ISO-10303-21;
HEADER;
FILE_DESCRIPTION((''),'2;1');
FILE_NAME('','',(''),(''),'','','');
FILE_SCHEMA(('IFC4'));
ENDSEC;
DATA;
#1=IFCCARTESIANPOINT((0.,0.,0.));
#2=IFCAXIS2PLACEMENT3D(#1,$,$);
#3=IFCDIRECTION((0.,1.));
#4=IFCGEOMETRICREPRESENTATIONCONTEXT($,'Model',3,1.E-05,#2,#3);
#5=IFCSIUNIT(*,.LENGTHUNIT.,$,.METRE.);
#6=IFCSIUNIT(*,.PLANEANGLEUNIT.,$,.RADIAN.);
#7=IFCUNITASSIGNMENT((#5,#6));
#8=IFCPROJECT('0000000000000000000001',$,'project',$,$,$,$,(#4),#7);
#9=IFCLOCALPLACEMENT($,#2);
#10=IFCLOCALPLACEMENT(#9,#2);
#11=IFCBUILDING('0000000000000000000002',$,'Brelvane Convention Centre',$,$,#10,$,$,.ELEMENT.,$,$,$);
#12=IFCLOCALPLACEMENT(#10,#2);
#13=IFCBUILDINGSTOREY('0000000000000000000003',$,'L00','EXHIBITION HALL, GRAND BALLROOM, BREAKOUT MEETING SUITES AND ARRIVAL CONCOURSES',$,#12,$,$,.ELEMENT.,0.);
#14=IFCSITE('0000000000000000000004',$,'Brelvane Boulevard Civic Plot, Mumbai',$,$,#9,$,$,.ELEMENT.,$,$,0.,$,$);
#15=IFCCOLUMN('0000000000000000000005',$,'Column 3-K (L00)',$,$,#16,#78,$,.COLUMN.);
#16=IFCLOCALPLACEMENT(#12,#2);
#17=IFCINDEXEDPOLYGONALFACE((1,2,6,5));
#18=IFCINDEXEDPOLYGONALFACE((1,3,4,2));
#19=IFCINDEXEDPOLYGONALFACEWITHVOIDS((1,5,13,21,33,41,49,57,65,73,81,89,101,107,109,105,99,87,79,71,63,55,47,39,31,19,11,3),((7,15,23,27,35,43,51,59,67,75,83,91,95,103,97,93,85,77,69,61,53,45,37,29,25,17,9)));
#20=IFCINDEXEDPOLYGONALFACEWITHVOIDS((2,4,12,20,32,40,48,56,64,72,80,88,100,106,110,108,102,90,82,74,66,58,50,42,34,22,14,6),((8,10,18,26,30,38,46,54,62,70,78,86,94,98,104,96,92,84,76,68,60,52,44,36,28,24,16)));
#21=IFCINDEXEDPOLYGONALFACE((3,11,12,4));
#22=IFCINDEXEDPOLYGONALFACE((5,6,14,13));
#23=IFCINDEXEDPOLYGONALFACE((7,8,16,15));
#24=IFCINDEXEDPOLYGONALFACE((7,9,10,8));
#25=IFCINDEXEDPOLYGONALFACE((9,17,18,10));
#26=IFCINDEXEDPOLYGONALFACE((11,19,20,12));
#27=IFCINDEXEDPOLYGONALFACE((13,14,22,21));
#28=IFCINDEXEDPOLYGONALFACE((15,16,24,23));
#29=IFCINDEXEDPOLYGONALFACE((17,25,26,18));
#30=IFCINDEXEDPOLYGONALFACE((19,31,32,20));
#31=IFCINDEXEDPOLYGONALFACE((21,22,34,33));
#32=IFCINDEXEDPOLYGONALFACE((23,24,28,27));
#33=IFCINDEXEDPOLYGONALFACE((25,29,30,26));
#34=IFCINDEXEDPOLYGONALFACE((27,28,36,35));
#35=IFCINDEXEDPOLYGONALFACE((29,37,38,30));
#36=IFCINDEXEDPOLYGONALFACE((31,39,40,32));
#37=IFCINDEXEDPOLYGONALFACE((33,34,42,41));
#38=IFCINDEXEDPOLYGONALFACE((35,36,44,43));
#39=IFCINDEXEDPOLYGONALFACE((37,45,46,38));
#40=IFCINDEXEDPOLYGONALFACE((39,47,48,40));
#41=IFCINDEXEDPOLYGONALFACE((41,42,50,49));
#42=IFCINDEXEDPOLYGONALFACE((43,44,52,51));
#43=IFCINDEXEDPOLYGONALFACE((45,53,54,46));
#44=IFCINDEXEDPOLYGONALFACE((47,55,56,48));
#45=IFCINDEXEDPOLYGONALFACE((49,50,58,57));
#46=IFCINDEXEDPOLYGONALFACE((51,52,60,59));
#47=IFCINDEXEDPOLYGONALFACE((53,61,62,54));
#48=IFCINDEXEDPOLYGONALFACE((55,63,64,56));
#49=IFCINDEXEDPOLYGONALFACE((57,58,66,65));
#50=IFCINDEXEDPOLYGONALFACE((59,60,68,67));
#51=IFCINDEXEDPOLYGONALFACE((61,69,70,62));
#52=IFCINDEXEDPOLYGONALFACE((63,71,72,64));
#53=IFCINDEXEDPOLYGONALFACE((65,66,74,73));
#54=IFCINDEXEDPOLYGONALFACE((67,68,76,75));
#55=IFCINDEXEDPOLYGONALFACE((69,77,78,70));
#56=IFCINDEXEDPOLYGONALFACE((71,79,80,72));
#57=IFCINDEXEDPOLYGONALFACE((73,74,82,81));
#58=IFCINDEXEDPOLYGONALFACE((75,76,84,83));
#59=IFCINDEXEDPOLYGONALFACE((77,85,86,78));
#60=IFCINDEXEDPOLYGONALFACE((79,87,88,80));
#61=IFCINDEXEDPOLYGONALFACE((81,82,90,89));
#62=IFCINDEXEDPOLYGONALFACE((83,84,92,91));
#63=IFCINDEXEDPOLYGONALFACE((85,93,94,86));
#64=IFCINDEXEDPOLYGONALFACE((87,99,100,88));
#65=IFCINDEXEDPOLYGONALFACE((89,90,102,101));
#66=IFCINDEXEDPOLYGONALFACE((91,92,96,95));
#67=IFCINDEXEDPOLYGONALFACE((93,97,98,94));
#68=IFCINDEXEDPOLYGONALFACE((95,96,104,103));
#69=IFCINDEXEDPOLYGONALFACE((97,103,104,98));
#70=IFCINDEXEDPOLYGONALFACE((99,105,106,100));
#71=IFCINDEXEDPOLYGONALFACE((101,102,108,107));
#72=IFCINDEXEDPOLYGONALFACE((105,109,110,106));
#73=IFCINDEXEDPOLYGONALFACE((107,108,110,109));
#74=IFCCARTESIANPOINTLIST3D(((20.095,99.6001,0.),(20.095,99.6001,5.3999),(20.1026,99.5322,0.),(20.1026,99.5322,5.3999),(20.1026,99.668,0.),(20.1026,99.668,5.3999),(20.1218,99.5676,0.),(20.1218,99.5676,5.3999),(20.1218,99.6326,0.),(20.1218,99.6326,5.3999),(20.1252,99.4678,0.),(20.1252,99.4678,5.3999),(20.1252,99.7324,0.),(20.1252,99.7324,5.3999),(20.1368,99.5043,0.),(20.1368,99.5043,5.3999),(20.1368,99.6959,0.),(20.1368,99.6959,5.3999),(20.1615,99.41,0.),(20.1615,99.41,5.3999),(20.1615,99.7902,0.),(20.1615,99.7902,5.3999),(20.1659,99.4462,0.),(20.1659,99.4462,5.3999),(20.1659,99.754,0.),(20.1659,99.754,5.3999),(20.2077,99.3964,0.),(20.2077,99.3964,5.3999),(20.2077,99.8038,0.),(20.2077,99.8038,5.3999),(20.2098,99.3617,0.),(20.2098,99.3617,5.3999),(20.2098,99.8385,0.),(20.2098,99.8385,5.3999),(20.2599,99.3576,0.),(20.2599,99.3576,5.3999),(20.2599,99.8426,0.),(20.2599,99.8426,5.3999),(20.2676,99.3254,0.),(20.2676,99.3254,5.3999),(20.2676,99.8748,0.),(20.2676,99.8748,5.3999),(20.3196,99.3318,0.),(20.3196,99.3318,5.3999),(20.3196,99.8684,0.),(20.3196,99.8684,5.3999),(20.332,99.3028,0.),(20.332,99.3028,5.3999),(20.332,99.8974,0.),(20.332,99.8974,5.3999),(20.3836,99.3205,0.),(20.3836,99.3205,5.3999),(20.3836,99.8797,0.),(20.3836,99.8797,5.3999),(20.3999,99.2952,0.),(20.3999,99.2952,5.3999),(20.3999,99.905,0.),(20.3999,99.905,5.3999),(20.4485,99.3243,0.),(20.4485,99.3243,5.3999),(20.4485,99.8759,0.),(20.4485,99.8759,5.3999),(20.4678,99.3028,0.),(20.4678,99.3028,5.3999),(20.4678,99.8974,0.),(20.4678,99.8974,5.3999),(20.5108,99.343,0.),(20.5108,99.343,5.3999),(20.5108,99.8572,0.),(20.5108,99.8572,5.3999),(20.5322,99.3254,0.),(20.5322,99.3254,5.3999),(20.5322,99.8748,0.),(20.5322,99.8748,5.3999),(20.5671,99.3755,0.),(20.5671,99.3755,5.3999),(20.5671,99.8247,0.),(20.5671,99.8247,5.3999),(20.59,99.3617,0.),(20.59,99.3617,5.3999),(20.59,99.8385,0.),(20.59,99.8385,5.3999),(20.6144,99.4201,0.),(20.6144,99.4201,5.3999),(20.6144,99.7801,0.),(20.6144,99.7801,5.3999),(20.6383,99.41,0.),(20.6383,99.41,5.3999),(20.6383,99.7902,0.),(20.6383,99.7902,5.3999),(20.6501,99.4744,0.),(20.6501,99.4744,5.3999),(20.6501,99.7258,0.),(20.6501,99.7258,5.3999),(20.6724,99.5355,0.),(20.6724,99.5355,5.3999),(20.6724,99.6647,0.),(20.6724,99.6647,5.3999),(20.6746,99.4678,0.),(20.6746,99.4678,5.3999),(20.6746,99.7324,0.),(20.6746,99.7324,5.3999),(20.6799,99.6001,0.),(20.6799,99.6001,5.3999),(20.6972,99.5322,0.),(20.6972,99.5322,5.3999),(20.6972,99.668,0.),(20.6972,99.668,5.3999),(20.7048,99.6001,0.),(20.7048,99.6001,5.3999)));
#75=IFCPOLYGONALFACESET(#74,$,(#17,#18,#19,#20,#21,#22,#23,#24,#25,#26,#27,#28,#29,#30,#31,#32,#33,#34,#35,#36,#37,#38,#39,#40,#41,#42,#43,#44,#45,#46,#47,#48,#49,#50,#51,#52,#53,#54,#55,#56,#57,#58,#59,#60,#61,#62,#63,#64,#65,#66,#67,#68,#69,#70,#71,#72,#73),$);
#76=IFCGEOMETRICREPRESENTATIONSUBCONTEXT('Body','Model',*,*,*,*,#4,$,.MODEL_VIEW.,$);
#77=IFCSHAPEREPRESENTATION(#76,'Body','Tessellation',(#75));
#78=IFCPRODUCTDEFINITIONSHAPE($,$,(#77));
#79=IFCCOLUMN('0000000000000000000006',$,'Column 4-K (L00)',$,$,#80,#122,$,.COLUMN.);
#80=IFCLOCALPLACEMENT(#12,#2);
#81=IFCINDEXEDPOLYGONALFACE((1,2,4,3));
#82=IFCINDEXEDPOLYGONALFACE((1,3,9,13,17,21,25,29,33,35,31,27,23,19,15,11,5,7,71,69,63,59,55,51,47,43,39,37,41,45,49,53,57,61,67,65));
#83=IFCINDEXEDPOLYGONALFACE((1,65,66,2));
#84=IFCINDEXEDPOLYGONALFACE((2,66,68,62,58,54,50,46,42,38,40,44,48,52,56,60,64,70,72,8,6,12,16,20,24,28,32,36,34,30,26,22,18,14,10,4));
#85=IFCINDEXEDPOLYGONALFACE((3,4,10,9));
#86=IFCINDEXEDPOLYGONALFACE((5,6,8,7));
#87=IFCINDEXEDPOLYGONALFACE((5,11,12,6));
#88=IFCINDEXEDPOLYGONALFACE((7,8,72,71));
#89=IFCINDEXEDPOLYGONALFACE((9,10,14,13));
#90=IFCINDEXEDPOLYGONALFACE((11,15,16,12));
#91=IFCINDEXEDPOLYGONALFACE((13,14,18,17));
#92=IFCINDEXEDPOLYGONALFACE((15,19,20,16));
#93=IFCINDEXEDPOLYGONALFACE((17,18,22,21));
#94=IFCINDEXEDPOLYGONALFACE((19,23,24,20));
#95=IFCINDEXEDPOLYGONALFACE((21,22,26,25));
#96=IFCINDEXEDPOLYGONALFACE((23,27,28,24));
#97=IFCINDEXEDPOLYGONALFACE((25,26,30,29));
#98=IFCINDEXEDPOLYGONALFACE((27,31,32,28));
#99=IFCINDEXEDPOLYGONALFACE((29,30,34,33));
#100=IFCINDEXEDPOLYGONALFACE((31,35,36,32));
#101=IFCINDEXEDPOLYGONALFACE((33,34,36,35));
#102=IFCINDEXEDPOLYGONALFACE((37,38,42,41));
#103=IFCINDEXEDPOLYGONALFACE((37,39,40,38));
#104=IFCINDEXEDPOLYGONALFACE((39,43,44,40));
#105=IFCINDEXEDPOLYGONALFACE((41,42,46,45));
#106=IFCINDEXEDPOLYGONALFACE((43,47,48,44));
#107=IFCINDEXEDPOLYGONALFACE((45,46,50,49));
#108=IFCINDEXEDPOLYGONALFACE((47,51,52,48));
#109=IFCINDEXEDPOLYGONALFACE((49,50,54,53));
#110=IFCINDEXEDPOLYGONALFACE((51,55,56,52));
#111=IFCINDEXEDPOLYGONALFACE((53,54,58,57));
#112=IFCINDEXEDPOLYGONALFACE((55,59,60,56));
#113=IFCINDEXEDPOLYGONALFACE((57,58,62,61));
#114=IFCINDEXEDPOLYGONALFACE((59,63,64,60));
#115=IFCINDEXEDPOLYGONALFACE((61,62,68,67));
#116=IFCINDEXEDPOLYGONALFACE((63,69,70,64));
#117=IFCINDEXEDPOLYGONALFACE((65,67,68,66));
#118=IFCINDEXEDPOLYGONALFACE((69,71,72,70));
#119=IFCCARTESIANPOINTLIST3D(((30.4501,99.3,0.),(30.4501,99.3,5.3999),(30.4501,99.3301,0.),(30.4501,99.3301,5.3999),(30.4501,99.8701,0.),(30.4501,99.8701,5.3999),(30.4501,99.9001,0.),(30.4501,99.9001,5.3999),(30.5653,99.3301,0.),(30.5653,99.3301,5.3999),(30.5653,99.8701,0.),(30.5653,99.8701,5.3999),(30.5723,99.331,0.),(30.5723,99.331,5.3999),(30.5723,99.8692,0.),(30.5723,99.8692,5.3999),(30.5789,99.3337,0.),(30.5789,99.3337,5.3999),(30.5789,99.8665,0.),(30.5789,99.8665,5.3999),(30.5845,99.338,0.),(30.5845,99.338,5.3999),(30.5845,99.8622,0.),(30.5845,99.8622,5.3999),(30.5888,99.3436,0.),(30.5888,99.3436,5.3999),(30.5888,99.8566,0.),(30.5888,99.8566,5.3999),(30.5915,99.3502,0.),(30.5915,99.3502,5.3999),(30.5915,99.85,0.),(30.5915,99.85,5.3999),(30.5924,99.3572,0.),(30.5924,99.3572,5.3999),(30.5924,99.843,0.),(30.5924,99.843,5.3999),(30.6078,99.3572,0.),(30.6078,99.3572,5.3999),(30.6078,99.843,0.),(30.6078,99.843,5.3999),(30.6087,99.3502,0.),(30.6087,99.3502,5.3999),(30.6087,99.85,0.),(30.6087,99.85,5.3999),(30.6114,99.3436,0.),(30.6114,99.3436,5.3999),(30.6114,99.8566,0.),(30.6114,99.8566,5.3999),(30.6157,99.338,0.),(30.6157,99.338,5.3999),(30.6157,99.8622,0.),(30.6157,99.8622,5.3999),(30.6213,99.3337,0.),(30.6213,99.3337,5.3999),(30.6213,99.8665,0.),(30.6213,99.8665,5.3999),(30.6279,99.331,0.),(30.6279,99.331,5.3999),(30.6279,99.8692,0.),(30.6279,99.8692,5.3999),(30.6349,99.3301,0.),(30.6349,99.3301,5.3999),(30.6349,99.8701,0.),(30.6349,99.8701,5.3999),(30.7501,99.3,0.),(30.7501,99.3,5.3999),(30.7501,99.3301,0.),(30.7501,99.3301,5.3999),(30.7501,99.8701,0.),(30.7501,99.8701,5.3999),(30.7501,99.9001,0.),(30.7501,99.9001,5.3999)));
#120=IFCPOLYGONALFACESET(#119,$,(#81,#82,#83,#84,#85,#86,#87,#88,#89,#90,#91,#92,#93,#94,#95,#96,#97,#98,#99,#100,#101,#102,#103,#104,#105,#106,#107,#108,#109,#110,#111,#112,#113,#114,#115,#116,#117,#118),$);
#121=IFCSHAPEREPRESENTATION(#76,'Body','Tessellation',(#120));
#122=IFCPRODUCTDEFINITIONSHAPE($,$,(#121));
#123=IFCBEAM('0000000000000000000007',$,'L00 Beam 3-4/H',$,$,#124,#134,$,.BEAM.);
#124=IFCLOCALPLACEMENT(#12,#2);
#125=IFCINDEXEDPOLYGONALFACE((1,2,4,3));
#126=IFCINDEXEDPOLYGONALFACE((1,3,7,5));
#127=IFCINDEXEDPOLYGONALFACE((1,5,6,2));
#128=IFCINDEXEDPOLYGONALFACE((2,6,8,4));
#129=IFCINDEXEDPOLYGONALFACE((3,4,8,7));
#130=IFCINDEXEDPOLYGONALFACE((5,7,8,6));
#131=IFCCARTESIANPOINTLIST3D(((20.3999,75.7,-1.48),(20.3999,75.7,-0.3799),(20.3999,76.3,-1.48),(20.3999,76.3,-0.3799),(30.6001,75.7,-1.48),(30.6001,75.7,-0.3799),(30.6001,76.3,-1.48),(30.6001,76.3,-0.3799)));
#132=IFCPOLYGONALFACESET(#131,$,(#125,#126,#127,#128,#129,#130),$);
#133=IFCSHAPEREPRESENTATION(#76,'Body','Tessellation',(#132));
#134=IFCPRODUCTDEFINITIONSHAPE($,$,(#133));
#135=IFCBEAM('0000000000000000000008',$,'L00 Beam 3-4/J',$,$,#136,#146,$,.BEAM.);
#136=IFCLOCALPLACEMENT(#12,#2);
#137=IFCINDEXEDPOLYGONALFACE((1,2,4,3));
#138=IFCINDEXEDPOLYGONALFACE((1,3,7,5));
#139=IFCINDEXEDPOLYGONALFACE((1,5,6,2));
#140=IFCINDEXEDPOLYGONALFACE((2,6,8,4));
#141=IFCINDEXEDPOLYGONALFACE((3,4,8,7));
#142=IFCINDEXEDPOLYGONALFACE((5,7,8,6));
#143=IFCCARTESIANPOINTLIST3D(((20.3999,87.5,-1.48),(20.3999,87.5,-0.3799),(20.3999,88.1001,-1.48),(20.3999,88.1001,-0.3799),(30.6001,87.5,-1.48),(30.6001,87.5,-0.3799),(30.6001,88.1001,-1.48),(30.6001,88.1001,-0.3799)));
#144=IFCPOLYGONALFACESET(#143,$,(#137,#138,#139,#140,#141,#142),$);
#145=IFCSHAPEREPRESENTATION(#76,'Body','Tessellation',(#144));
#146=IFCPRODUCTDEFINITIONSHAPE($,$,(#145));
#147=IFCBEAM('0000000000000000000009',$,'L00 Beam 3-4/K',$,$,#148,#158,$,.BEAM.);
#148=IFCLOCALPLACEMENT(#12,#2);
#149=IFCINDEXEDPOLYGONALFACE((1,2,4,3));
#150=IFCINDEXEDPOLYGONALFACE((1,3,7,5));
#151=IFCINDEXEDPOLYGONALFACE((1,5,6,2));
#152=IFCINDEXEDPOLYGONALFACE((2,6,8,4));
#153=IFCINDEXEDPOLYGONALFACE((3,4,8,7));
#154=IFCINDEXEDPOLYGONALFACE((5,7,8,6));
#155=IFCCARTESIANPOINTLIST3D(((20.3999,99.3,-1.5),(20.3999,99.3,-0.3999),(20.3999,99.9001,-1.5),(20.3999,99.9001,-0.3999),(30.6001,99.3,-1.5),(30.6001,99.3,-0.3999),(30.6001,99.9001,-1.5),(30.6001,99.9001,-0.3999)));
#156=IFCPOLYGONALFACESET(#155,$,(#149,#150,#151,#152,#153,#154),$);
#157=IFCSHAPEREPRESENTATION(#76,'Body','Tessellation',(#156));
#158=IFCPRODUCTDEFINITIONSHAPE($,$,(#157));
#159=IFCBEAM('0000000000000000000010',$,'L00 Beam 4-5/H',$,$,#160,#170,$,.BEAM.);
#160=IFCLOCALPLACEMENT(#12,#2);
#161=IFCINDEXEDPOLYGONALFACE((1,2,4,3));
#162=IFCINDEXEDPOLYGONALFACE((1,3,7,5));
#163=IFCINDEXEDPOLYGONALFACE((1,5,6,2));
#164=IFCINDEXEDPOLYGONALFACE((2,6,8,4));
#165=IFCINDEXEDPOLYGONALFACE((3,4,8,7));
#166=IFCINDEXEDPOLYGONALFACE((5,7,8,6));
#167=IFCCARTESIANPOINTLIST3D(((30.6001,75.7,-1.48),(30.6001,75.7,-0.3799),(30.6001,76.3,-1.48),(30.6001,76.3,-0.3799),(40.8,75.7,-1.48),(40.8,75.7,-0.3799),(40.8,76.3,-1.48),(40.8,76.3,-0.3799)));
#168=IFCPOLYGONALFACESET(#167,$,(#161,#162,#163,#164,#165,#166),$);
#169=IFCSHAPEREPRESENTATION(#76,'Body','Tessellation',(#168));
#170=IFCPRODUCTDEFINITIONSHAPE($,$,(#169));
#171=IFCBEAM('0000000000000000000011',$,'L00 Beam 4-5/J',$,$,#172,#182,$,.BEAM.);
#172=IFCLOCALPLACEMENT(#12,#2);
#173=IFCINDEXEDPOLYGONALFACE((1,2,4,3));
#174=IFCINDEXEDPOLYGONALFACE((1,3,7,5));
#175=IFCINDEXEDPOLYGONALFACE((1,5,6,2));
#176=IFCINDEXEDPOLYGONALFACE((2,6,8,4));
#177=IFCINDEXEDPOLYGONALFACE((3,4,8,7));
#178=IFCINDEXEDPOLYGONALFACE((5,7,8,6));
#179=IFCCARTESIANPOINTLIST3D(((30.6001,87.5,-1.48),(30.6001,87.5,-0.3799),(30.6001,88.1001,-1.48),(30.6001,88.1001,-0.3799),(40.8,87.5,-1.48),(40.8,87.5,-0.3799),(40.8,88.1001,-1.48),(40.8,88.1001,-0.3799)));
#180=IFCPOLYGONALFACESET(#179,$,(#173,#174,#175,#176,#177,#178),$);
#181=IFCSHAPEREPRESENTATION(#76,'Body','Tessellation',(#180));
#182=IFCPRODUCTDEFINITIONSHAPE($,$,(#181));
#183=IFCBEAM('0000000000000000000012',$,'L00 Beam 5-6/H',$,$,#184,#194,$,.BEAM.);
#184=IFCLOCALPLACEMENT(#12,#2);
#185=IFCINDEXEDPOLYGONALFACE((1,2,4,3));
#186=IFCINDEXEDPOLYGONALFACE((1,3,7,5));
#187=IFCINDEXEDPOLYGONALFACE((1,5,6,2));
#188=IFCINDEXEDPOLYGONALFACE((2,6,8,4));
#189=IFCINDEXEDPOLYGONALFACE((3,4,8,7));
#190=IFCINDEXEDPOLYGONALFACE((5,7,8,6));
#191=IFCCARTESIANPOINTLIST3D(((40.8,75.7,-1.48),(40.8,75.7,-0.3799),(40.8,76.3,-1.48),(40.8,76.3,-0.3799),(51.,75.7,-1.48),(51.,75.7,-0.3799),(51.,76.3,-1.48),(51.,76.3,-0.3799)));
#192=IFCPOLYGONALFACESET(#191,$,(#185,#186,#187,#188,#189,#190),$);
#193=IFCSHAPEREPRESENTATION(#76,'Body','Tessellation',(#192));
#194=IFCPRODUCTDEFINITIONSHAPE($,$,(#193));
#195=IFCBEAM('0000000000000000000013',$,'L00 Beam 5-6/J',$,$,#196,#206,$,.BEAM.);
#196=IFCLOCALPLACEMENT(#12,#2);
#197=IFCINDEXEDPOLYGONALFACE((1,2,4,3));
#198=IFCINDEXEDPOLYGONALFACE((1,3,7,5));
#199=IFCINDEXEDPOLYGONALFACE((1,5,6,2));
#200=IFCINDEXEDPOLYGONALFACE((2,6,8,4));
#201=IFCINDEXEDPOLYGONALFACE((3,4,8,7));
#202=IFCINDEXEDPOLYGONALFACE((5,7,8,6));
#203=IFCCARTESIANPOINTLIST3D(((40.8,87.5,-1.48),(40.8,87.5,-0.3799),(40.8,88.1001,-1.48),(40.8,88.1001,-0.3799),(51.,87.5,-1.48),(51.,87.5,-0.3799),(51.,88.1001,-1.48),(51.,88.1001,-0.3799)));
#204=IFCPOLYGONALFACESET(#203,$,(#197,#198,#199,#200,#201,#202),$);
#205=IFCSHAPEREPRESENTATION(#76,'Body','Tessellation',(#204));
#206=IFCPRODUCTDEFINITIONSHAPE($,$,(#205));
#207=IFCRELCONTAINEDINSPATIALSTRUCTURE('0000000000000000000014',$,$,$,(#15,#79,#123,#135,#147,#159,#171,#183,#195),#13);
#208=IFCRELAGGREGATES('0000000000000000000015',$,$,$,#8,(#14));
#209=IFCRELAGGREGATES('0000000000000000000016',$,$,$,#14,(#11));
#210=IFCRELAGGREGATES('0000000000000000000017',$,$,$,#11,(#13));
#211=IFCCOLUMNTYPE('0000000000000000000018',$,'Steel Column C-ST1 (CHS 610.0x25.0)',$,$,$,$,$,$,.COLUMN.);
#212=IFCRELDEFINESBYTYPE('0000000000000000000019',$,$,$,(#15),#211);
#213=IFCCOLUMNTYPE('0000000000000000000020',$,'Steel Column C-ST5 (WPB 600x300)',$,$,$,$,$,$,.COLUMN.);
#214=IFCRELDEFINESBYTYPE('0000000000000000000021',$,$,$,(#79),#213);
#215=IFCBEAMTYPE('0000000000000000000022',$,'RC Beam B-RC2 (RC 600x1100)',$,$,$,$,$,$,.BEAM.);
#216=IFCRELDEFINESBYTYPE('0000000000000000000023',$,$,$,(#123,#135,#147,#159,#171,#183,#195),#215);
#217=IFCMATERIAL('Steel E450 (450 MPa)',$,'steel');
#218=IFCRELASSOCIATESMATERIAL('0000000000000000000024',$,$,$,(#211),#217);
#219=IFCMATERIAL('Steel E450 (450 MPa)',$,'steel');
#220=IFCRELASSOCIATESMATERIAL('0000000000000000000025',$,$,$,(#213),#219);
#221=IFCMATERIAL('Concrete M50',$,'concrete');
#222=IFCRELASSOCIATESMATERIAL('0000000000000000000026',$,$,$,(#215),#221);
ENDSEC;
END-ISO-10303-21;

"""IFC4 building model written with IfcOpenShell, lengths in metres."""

from ifc_helpers import new_model, si_unit, direction, frame, origin, origin_2d, place, context, subcontext, project, spatial, rectangle, hollow_circle, i_section, extrude, material, material_profile, profile_set, type_object, element, save


model = new_model("IFC4")

# Units and contexts
model_context = context("Model", 3, precision=1e-05, world=origin(), true_north=direction((0.0, 1.0)))
body_context = subcontext(model_context, "Body", "Model", "MODEL_VIEW")
ifc_project = project(units=[si_unit("LENGTHUNIT", "METRE"), si_unit("PLANEANGLEUNIT", "RADIAN")], contexts=[model_context])

# Site, building, storey
site_placement = place(None, origin())
site = spatial("IfcSite", under=ifc_project, at=site_placement, Name="Brelvane Boulevard Civic Plot, Mumbai", CompositionType="ELEMENT", RefElevation=0.0)
building_placement = place(site_placement, origin())
building = spatial("IfcBuilding", under=site, at=building_placement, Name="Brelvane Convention Centre", CompositionType="ELEMENT")
storey_placement = place(building_placement, origin())
storey = spatial("IfcBuildingStorey", under=building, at=storey_placement, Name="L00", Description="EXHIBITION HALL, GRAND BALLROOM, BREAKOUT MEETING SUITES AND ARRIVAL CONCOURSES", CompositionType="ELEMENT", Elevation=0.0)

# Columns
ifc_material_1 = material(Name="Steel E450 (450 MPa)", Category="steel")
ifc_material_profile_1 = material_profile(ifc_material_1, hollow_circle(Radius=0.3049, WallThickness=0.0249, at=origin_2d()), Name="CHS 610.0x25.0")
ifc_profile_set_1 = profile_set([ifc_material_profile_1], Name="Steel E450 (450 MPa)")
column_type_1 = type_object("IfcColumnType", Name="Steel Column C-ST1 (CHS 610.0x25.0)", PredefinedType="COLUMN", material=ifc_profile_set_1)
column_1_placement = place(storey_placement, frame((20.3999, 99.6001, 0.0), z_axis=(0.0, 0.0, 1.0), x_axis=(1.0, 0.0, 0.0)))
element("IfcColumn", 1, at=column_1_placement, inside=storey, type_object=column_type_1, Name="Column 3-K (L00)", PredefinedType="COLUMN", context=body_context, shape_type="SweptSolid", body=[
    extrude(hollow_circle(Radius=0.3049, WallThickness=0.0249, at=origin_2d()), origin(), (0.0, 0.0, 1.0), 5.3999),
])
ifc_material_2 = material(Name="Steel E450 (450 MPa)", Category="steel")
ifc_material_profile_2 = material_profile(ifc_material_2, i_section(OverallWidth=0.3, OverallDepth=0.6001, WebThickness=0.0154, FlangeThickness=0.03, FilletRadius=0.0271, at=origin_2d()), Name="WPB 600x300")
ifc_profile_set_2 = profile_set([ifc_material_profile_2], Name="Steel E450 (450 MPa)")
column_type_2 = type_object("IfcColumnType", Name="Steel Column C-ST5 (WPB 600x300)", PredefinedType="COLUMN", material=ifc_profile_set_2)
column_2_placement = place(storey_placement, frame((30.6001, 99.6001, 0.0), z_axis=(0.0, 0.0, 1.0), x_axis=(1.0, 0.0, 0.0)))
element("IfcColumn", 2, at=column_2_placement, inside=storey, type_object=column_type_2, Name="Column 4-K (L00)", PredefinedType="COLUMN", context=body_context, shape_type="SweptSolid", body=[
    extrude(i_section(OverallWidth=0.3, OverallDepth=0.6001, WebThickness=0.0154, FlangeThickness=0.03, FilletRadius=0.0271, at=origin_2d()), origin(), (0.0, 0.0, 1.0), 5.3999),
])

# Beams
ifc_material_3 = material(Name="Concrete M50", Category="concrete")
ifc_material_profile_3 = material_profile(ifc_material_3, rectangle(XDim=0.6001, YDim=1.1001, at=origin_2d()), Name="RC 600x1100")
ifc_profile_set_3 = profile_set([ifc_material_profile_3], Name="Concrete M50")
beam_type_1 = type_object("IfcBeamType", Name="RC Beam B-RC2 (RC 600x1100)", PredefinedType="BEAM", material=ifc_profile_set_3)
for number, where, z_axis, x_axis, name in (
    (3, (20.3999, 76.0, -0.9299), (1.0, 0.0, 0.0), (0.0, 1.0, 0.0), "L00 Beam 3-4/H"),
    (4, (20.3999, 87.8, -0.9299), (1.0, 0.0, 0.0), (0.0, 1.0, 0.0), "L00 Beam 3-4/J"),
    (5, (20.3999, 99.6001, -0.95), (1.0, 0.0, 0.0), (0.0, 1.0, 0.0), "L00 Beam 3-4/K"),
):
    element("IfcBeam", number, at=place(storey_placement, frame(where, z_axis=z_axis, x_axis=x_axis)), inside=storey, type_object=beam_type_1, Name=name, PredefinedType="BEAM", context=body_context, shape_type="SweptSolid", body=[
        extrude(rectangle(XDim=0.6001, YDim=1.1001, at=origin_2d()), origin(), (0.0, 0.0, 1.0), 10.2002),
    ])
for number, where, z_axis, x_axis, name in (
    (6, (30.6001, 76.0, -0.9299), (1.0, 0.0, 0.0), (0.0, 1.0, 0.0), "L00 Beam 4-5/H"),
    (7, (30.6001, 87.8, -0.9299), (1.0, 0.0, 0.0), (0.0, 1.0, 0.0), "L00 Beam 4-5/J"),
    (8, (40.8, 76.0, -0.9299), (1.0, 0.0, 0.0), (0.0, 1.0, 0.0), "L00 Beam 5-6/H"),
    (9, (40.8, 87.8, -0.9299), (1.0, 0.0, 0.0), (0.0, 1.0, 0.0), "L00 Beam 5-6/J"),
):
    element("IfcBeam", number, at=place(storey_placement, frame(where, z_axis=z_axis, x_axis=x_axis)), inside=storey, type_object=beam_type_1, Name=name, PredefinedType="BEAM", context=body_context, shape_type="SweptSolid", body=[
        extrude(rectangle(XDim=0.6001, YDim=1.1001, at=origin_2d()), origin(), (0.0, 0.0, 1.0), 10.2),
    ])

save(model, "model.ifc")
